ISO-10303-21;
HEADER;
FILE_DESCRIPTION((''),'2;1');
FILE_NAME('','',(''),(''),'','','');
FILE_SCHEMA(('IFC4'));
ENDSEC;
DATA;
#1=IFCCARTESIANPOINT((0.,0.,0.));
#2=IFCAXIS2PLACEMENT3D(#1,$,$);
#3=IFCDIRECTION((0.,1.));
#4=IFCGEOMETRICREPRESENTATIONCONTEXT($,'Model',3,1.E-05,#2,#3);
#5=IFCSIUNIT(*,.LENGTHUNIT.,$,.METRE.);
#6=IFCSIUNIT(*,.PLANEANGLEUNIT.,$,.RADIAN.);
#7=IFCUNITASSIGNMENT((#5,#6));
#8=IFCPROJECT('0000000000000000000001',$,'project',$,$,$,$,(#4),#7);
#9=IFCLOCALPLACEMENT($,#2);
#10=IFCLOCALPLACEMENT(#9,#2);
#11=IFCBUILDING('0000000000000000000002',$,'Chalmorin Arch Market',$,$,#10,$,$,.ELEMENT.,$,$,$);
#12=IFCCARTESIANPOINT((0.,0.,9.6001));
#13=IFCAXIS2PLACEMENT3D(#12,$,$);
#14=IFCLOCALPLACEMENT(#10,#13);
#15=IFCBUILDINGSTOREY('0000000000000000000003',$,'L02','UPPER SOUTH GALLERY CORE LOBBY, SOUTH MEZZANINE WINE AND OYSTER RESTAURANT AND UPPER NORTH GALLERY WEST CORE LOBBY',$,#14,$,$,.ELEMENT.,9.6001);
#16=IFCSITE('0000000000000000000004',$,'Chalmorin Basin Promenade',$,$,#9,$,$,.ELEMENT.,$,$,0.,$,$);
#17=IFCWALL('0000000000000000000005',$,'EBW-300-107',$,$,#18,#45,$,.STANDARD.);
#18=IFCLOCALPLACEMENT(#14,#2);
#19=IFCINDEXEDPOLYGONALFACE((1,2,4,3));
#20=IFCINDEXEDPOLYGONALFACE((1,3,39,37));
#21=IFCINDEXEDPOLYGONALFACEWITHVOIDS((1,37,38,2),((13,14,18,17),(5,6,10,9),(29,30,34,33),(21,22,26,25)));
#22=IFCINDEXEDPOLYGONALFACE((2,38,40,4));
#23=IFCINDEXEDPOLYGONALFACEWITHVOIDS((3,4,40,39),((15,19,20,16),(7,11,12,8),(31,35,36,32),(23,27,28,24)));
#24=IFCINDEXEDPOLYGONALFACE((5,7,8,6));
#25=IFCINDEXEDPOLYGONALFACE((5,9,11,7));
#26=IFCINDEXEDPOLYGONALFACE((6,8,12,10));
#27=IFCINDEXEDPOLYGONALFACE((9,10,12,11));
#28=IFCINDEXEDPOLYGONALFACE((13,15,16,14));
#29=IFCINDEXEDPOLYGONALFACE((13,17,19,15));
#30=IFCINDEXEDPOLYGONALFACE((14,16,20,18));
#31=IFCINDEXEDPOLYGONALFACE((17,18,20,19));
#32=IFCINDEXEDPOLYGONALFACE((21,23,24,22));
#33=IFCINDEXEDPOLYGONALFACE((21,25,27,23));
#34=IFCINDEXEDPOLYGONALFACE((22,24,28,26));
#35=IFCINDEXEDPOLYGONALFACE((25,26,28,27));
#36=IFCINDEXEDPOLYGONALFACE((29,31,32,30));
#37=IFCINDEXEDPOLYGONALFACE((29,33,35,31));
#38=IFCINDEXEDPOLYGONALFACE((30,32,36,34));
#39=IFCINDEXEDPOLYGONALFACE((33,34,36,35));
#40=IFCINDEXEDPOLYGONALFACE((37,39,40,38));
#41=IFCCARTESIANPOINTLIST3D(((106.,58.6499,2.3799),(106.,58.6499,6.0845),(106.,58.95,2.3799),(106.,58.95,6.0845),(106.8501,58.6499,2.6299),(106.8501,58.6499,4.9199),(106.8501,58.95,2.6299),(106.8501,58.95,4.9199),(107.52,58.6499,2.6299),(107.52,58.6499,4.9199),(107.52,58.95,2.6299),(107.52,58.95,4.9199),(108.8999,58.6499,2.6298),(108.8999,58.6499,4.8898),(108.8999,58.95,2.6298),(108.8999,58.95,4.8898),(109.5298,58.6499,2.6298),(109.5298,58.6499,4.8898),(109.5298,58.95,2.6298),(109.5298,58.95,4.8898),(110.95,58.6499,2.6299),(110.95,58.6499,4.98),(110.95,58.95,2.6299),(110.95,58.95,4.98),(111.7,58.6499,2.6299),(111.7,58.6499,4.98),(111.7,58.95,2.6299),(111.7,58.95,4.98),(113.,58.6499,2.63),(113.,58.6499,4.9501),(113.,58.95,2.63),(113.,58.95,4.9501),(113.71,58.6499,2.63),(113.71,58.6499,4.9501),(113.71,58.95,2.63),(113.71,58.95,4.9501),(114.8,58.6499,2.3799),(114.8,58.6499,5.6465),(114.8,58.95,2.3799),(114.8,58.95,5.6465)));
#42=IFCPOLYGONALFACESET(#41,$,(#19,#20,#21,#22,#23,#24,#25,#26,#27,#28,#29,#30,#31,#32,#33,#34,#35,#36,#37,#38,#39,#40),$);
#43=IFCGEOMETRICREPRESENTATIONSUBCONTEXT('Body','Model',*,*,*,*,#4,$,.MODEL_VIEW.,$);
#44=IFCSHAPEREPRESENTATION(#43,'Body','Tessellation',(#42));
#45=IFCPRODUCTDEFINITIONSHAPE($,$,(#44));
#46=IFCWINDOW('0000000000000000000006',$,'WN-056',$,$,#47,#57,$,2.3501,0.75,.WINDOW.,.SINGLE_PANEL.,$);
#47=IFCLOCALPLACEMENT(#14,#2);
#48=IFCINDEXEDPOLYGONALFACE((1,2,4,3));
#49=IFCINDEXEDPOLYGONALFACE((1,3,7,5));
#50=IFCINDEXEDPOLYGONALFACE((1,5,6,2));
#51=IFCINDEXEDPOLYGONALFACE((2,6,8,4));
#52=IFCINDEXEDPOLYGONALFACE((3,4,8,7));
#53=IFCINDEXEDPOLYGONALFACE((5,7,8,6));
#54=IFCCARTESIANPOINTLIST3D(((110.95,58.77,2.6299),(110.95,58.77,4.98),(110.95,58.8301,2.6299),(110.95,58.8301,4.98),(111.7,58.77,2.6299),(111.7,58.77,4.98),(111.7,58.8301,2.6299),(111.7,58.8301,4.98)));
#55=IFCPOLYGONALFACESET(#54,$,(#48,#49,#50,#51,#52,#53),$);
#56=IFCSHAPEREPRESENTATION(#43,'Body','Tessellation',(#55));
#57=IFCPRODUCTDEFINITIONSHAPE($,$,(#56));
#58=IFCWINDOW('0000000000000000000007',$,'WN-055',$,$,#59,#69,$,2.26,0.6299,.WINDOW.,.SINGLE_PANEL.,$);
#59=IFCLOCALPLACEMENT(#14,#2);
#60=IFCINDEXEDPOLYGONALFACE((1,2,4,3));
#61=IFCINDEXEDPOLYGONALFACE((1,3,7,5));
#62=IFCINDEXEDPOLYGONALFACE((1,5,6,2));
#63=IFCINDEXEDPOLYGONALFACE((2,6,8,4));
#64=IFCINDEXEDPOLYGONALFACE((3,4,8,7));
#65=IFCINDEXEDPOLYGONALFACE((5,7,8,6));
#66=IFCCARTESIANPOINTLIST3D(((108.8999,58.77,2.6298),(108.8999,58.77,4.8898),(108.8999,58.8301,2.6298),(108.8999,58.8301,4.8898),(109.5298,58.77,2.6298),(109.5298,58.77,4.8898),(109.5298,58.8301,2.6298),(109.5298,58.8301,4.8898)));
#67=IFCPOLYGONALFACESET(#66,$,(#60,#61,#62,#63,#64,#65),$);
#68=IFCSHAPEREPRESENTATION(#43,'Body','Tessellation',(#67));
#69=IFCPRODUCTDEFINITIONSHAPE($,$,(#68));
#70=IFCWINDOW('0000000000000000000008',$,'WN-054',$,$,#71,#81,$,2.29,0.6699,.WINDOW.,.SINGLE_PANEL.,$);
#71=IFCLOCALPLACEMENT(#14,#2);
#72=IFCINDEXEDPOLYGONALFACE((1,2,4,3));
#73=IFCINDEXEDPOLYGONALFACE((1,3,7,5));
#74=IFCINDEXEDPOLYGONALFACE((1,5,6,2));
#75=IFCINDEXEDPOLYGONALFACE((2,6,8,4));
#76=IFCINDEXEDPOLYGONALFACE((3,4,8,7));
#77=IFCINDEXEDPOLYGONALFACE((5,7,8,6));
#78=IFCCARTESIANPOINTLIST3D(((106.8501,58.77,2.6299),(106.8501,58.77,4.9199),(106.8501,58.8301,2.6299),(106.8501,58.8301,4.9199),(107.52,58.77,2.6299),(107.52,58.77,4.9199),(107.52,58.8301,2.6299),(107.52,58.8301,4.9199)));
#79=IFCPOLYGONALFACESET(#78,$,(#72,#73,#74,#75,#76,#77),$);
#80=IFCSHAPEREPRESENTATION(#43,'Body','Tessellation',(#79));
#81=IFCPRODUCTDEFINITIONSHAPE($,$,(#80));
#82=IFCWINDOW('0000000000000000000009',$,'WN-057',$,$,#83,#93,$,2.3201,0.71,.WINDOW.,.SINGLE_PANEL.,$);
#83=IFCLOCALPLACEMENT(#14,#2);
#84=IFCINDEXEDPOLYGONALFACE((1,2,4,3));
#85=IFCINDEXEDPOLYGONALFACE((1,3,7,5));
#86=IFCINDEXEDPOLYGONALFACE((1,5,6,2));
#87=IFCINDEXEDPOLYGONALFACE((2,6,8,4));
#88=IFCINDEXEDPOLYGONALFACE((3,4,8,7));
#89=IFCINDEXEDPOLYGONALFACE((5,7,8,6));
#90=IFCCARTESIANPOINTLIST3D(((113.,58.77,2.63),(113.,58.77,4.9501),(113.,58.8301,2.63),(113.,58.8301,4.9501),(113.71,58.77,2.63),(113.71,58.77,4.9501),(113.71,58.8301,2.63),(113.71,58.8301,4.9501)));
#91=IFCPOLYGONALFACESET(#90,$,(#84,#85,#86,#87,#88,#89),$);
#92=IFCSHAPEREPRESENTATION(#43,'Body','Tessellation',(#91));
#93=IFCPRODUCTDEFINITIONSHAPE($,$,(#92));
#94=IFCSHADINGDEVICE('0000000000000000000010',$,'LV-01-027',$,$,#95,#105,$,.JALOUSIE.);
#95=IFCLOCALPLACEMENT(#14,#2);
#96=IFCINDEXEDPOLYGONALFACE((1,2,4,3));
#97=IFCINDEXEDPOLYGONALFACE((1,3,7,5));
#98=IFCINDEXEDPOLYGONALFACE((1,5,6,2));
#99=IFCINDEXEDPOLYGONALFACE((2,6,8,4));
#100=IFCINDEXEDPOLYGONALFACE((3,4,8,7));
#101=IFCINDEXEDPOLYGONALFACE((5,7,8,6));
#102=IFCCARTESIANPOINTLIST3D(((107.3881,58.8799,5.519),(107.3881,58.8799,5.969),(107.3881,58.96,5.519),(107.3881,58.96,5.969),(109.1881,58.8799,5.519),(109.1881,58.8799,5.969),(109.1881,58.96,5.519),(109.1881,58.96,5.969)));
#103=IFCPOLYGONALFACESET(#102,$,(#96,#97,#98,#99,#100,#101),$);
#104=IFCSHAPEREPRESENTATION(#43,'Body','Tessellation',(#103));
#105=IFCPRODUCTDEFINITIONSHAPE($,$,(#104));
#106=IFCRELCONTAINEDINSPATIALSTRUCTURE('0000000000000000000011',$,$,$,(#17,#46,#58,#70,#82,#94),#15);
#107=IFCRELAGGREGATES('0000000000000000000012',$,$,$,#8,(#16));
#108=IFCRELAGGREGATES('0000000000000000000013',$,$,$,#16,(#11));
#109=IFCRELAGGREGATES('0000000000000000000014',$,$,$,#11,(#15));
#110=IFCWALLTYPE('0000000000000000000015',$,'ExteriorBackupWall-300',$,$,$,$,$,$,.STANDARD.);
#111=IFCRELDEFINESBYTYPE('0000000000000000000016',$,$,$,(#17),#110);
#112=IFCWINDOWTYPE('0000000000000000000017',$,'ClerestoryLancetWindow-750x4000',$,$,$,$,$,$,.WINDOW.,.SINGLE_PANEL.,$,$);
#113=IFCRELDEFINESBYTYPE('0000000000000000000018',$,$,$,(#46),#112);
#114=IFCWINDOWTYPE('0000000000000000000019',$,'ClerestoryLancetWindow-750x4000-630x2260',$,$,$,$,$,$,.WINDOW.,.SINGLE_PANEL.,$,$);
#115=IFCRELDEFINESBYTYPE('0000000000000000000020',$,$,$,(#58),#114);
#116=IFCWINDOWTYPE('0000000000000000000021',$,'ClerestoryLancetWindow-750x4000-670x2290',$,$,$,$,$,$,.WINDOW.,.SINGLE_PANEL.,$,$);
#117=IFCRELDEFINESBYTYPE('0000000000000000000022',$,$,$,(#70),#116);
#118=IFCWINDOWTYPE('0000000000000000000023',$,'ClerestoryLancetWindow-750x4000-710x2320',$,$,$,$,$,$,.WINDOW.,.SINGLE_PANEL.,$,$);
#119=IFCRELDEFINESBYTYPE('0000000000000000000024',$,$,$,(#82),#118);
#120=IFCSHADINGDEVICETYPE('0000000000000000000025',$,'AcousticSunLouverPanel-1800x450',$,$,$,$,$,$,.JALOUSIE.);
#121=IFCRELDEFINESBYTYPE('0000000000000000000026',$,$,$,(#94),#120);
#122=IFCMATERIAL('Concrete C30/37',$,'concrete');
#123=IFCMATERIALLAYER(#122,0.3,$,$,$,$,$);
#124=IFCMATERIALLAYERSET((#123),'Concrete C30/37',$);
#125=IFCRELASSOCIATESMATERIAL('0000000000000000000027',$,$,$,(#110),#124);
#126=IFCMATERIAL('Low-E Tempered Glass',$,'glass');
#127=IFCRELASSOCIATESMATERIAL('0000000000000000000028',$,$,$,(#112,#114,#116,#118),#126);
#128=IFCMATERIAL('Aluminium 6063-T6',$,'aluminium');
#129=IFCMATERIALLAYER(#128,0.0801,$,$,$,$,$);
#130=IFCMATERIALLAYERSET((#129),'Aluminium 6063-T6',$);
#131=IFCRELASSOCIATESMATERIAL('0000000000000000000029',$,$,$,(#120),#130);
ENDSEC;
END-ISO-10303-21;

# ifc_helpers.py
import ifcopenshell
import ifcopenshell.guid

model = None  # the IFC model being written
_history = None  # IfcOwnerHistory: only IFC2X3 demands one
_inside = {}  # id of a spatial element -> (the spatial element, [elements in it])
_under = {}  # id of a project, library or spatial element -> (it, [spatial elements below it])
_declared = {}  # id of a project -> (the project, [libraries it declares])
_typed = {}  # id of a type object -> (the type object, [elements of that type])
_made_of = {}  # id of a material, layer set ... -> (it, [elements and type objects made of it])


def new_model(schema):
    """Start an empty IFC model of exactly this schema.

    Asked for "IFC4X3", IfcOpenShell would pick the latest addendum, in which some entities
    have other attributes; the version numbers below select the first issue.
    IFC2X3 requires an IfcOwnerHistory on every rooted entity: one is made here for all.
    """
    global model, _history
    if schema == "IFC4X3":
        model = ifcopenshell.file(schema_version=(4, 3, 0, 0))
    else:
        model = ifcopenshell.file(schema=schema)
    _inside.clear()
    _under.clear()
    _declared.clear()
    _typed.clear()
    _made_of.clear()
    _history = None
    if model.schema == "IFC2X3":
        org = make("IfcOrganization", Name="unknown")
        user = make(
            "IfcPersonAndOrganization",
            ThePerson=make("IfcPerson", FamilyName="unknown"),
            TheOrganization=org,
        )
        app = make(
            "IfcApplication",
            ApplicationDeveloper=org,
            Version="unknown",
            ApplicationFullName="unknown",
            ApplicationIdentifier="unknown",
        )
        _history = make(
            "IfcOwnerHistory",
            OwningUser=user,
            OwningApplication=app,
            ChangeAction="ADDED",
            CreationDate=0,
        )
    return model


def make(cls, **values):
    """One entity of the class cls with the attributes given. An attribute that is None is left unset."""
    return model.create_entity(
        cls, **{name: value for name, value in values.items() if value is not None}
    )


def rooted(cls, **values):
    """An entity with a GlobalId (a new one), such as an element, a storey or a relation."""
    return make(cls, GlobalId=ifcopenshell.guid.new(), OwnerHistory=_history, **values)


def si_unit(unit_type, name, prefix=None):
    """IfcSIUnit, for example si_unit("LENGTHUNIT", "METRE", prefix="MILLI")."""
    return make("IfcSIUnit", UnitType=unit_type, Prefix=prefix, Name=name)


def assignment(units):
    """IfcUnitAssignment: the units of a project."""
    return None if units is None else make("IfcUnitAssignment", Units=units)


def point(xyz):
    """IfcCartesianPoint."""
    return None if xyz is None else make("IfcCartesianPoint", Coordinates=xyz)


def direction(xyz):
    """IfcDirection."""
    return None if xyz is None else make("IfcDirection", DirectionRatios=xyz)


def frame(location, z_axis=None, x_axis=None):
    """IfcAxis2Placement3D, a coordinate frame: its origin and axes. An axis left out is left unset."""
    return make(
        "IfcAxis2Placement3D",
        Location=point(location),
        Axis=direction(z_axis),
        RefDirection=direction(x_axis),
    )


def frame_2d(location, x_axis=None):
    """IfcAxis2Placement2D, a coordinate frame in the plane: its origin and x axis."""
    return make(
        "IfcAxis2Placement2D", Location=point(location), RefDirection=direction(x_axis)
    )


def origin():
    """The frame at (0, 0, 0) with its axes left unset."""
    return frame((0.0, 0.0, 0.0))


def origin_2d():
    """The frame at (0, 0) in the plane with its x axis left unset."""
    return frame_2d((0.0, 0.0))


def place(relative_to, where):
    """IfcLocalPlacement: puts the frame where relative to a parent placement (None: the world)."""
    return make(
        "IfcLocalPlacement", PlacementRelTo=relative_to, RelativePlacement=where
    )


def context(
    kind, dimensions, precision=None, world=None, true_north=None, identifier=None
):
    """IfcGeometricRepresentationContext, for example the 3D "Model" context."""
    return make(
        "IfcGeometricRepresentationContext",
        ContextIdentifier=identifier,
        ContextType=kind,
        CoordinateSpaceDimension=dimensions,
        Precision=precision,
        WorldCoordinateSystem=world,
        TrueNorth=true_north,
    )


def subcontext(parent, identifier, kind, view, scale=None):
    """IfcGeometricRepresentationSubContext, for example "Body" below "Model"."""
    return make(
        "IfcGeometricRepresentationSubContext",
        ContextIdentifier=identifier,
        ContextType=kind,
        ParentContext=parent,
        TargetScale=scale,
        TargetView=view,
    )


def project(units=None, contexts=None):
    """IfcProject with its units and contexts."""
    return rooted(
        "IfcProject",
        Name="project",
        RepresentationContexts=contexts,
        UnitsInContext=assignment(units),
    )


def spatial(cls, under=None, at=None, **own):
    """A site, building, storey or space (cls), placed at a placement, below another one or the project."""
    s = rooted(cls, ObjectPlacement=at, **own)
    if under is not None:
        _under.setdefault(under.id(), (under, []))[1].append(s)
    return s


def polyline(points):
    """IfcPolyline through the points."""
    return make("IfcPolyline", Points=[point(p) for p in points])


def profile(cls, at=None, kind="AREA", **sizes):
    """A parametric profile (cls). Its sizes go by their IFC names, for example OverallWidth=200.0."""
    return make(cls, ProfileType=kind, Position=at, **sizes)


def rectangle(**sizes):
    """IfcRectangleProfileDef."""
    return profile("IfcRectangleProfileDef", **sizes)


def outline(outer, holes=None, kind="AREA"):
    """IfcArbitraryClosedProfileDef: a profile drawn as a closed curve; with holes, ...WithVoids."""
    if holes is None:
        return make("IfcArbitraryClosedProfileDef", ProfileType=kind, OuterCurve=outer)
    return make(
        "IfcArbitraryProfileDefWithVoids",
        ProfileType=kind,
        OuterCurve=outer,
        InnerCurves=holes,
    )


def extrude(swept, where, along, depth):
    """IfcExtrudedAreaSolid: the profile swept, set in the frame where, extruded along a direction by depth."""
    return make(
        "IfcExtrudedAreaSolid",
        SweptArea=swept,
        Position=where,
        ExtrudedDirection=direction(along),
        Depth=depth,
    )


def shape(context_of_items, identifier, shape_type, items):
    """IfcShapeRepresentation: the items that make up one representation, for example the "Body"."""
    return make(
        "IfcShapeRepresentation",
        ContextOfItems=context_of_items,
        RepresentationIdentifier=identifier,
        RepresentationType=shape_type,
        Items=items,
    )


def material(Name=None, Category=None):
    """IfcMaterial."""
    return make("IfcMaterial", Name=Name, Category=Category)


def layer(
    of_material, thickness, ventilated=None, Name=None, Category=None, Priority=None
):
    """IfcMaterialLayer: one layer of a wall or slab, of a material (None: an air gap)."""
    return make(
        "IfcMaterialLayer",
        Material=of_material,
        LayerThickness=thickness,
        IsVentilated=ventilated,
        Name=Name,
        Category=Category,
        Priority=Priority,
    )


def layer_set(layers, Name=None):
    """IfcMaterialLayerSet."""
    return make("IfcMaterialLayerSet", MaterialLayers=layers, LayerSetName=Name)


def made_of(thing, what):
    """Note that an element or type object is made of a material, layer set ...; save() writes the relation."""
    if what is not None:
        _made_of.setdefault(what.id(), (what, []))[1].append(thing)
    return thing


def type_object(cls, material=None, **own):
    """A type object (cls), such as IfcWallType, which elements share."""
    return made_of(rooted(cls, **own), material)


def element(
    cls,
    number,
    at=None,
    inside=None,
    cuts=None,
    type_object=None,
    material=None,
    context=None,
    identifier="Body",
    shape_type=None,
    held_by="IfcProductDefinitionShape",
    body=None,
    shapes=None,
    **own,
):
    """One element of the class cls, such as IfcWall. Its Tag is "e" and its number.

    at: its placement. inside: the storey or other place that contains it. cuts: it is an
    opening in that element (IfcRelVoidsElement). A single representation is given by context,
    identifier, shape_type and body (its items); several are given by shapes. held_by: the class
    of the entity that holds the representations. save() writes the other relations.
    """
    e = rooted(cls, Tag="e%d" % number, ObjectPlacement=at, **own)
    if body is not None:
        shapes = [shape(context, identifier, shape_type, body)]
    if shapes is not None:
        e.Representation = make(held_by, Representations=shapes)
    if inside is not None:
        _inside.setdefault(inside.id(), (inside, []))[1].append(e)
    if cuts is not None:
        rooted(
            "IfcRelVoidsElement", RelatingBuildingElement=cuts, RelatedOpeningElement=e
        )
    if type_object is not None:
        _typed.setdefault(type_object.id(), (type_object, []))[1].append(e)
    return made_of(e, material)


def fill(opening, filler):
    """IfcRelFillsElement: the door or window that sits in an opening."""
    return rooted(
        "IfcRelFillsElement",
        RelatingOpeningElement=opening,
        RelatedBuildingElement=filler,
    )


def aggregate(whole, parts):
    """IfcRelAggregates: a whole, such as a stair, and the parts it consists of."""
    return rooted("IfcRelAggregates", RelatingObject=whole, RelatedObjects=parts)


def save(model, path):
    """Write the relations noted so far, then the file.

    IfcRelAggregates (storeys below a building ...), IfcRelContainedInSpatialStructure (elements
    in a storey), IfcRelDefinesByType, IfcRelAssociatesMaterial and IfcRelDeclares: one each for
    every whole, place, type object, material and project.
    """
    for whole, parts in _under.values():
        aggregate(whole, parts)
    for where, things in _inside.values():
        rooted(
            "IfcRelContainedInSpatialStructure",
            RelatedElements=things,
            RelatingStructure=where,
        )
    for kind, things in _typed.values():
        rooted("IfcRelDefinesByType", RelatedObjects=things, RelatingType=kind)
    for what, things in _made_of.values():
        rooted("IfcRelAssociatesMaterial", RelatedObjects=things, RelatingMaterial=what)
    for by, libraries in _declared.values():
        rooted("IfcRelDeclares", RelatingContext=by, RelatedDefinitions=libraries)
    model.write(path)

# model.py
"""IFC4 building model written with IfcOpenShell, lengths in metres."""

from ifc_helpers import new_model, si_unit, direction, frame, frame_2d, origin, origin_2d, place, context, subcontext, project, spatial, polyline, rectangle, outline, extrude, material, layer, layer_set, type_object, element, fill, save


model = new_model("IFC4")

# Units and contexts
model_context = context("Model", 3, precision=1e-05, world=origin(), true_north=direction((0.0, 1.0)))
body_context = subcontext(model_context, "Body", "Model", "MODEL_VIEW")
ifc_project = project(units=[si_unit("LENGTHUNIT", "METRE"), si_unit("PLANEANGLEUNIT", "RADIAN")], contexts=[model_context])

# Site, building, storey
site_placement = place(None, origin())
site = spatial("IfcSite", under=ifc_project, at=site_placement, Name="Chalmorin Basin Promenade", CompositionType="ELEMENT", RefElevation=0.0)
building_placement = place(site_placement, origin())
building = spatial("IfcBuilding", under=site, at=building_placement, Name="Chalmorin Arch Market", CompositionType="ELEMENT")
storey_placement = place(building_placement, frame((0.0, 0.0, 9.6001)))
storey = spatial("IfcBuildingStorey", under=building, at=storey_placement, Name="L02", Description="UPPER SOUTH GALLERY CORE LOBBY, SOUTH MEZZANINE WINE AND OYSTER RESTAURANT AND UPPER NORTH GALLERY WEST CORE LOBBY", CompositionType="ELEMENT", Elevation=9.6001)

# Shared definitions
ifc_material_1 = material(Name="Aluminium 6063-T6", Category="aluminium")

# Shared definitions
ifc_material_2 = material(Name="Low-E Tempered Glass", Category="glass")

# Shared definitions
ifc_material_3 = material(Name="Concrete C30/37", Category="concrete")
ifc_layer_1 = layer(ifc_material_3, 0.3)
ifc_layer_set_1 = layer_set([ifc_layer_1], Name="Concrete C30/37")
wall_type = type_object("IfcWallType", Name="ExteriorBackupWall-300", PredefinedType="STANDARD", material=ifc_layer_set_1)

# Wall, openings, windows
wall_1_placement = place(storey_placement, frame((106.0, 58.8, 2.3799), z_axis=(0.0, 0.0, 1.0), x_axis=(1.0, 0.0, 0.0)))
wall_1 = element("IfcWall", 1, at=wall_1_placement, inside=storey, type_object=wall_type, Name="EBW-300-107", PredefinedType="STANDARD", context=body_context, shape_type="SweptSolid", body=[
    extrude(outline(polyline([(0.0, 0.0), (8.8, 0.0), (8.8, 3.2666), (0.0, 3.7046), (0.0, 0.0)])), frame((0.0, 0.1499, 0.0), z_axis=(0.0, -1.0, 0.0), x_axis=(1.0, 0.0, 0.0)), (0.0, 0.0, 1.0), 0.3),
])
opening_1_placement = place(wall_1_placement, frame((0.8501, 0.0, 0.25)))
opening_1 = element("IfcOpeningElement", 2, at=opening_1_placement, cuts=wall_1, PredefinedType="OPENING", context=body_context, shape_type="SweptSolid", body=[
    extrude(rectangle(XDim=0.6699, YDim=2.29, at=frame_2d((0.335, 1.145))), frame((0.0, 0.1599, 0.0), z_axis=(0.0, -1.0, 0.0), x_axis=(1.0, 0.0, 0.0)), (0.0, 0.0, 1.0), 0.3201),
])
opening_2_placement = place(wall_1_placement, frame((2.8999, 0.0, 0.25)))
opening_2 = element("IfcOpeningElement", 3, at=opening_2_placement, cuts=wall_1, PredefinedType="OPENING", context=body_context, shape_type="SweptSolid", body=[
    extrude(rectangle(XDim=0.6299, YDim=2.26, at=frame_2d((0.3149, 1.1299))), frame((0.0, 0.1599, 0.0), z_axis=(0.0, -1.0, 0.0), x_axis=(1.0, 0.0, 0.0)), (0.0, 0.0, 1.0), 0.3201),
])
opening_3_placement = place(wall_1_placement, frame((4.95, 0.0, 0.25)))
opening_3 = element("IfcOpeningElement", 4, at=opening_3_placement, cuts=wall_1, PredefinedType="OPENING", context=body_context, shape_type="SweptSolid", body=[
    extrude(rectangle(XDim=0.75, YDim=2.3501, at=frame_2d((0.375, 1.175))), frame((0.0, 0.1599, 0.0), z_axis=(0.0, -1.0, 0.0), x_axis=(1.0, 0.0, 0.0)), (0.0, 0.0, 1.0), 0.3201),
])
opening_4_placement = place(wall_1_placement, frame((7.0, 0.0, 0.25)))
opening_4 = element("IfcOpeningElement", 5, at=opening_4_placement, cuts=wall_1, PredefinedType="OPENING", context=body_context, shape_type="SweptSolid", body=[
    extrude(rectangle(XDim=0.71, YDim=2.3201, at=frame_2d((0.355, 1.1602))), frame((0.0, 0.1599, 0.0), z_axis=(0.0, -1.0, 0.0), x_axis=(1.0, 0.0, 0.0)), (0.0, 0.0, 1.0), 0.3201),
])
window_type_1 = type_object("IfcWindowType", Name="ClerestoryLancetWindow-750x4000", PartitioningType="SINGLE_PANEL", PredefinedType="WINDOW", material=ifc_material_2)
window_1_placement = place(opening_3_placement, origin())
window_1 = element("IfcWindow", 6, at=window_1_placement, inside=storey, type_object=window_type_1, Name="WN-056", OverallHeight=2.3501, OverallWidth=0.75, PartitioningType="SINGLE_PANEL", PredefinedType="WINDOW", context=body_context, shape_type="SweptSolid", body=[
    extrude(rectangle(XDim=0.75, YDim=2.3501, at=frame_2d((0.375, 1.175))), frame((0.0, 0.03, 0.0), z_axis=(0.0, -1.0, 0.0), x_axis=(1.0, 0.0, 0.0)), (0.0, 0.0, 1.0), 0.0601),
])
fill(opening_3, window_1)
window_type_2 = type_object("IfcWindowType", Name="ClerestoryLancetWindow-750x4000-630x2260", PartitioningType="SINGLE_PANEL", PredefinedType="WINDOW", material=ifc_material_2)
window_2_placement = place(opening_2_placement, origin())
window_2 = element("IfcWindow", 7, at=window_2_placement, inside=storey, type_object=window_type_2, Name="WN-055", OverallHeight=2.26, OverallWidth=0.6299, PartitioningType="SINGLE_PANEL", PredefinedType="WINDOW", context=body_context, shape_type="SweptSolid", body=[
    extrude(rectangle(XDim=0.6299, YDim=2.26, at=frame_2d((0.3149, 1.1299))), frame((0.0, 0.03, 0.0), z_axis=(0.0, -1.0, 0.0), x_axis=(1.0, 0.0, 0.0)), (0.0, 0.0, 1.0), 0.0601),
])
fill(opening_2, window_2)
window_type_3 = type_object("IfcWindowType", Name="ClerestoryLancetWindow-750x4000-670x2290", PartitioningType="SINGLE_PANEL", PredefinedType="WINDOW", material=ifc_material_2)
window_3_placement = place(opening_1_placement, origin())
window_3 = element("IfcWindow", 8, at=window_3_placement, inside=storey, type_object=window_type_3, Name="WN-054", OverallHeight=2.29, OverallWidth=0.6699, PartitioningType="SINGLE_PANEL", PredefinedType="WINDOW", context=body_context, shape_type="SweptSolid", body=[
    extrude(rectangle(XDim=0.6699, YDim=2.29, at=frame_2d((0.335, 1.145))), frame((0.0, 0.03, 0.0), z_axis=(0.0, -1.0, 0.0), x_axis=(1.0, 0.0, 0.0)), (0.0, 0.0, 1.0), 0.0601),
])
fill(opening_1, window_3)
window_type_4 = type_object("IfcWindowType", Name="ClerestoryLancetWindow-750x4000-710x2320", PartitioningType="SINGLE_PANEL", PredefinedType="WINDOW", material=ifc_material_2)
window_4_placement = place(opening_4_placement, origin())
window_4 = element("IfcWindow", 9, at=window_4_placement, inside=storey, type_object=window_type_4, Name="WN-057", OverallHeight=2.3201, OverallWidth=0.71, PartitioningType="SINGLE_PANEL", PredefinedType="WINDOW", context=body_context, shape_type="SweptSolid", body=[
    extrude(rectangle(XDim=0.71, YDim=2.3201, at=frame_2d((0.355, 1.1602))), frame((0.0, 0.03, 0.0), z_axis=(0.0, -1.0, 0.0), x_axis=(1.0, 0.0, 0.0)), (0.0, 0.0, 1.0), 0.0601),
])
fill(opening_4, window_4)

# Shading device
ifc_layer_2 = layer(ifc_material_1, 0.0801)
ifc_layer_set_2 = layer_set([ifc_layer_2], Name="Aluminium 6063-T6")
shading_device_type = type_object("IfcShadingDeviceType", Name="AcousticSunLouverPanel-1800x450", PredefinedType="JALOUSIE", material=ifc_layer_set_2)
shading_device_placement = place(storey_placement, frame((108.2881, 58.9199, 5.519), z_axis=(0.0, 0.0, 1.0), x_axis=(1.0, 0.0, 0.0)))
element("IfcShadingDevice", 10, at=shading_device_placement, inside=storey, type_object=shading_device_type, Name="LV-01-027", PredefinedType="JALOUSIE", context=body_context, shape_type="SweptSolid", body=[
    extrude(rectangle(XDim=1.8, YDim=0.0801, at=origin_2d()), origin(), (0.0, 0.0, 1.0), 0.45),
])

save(model, "model.ifc")
